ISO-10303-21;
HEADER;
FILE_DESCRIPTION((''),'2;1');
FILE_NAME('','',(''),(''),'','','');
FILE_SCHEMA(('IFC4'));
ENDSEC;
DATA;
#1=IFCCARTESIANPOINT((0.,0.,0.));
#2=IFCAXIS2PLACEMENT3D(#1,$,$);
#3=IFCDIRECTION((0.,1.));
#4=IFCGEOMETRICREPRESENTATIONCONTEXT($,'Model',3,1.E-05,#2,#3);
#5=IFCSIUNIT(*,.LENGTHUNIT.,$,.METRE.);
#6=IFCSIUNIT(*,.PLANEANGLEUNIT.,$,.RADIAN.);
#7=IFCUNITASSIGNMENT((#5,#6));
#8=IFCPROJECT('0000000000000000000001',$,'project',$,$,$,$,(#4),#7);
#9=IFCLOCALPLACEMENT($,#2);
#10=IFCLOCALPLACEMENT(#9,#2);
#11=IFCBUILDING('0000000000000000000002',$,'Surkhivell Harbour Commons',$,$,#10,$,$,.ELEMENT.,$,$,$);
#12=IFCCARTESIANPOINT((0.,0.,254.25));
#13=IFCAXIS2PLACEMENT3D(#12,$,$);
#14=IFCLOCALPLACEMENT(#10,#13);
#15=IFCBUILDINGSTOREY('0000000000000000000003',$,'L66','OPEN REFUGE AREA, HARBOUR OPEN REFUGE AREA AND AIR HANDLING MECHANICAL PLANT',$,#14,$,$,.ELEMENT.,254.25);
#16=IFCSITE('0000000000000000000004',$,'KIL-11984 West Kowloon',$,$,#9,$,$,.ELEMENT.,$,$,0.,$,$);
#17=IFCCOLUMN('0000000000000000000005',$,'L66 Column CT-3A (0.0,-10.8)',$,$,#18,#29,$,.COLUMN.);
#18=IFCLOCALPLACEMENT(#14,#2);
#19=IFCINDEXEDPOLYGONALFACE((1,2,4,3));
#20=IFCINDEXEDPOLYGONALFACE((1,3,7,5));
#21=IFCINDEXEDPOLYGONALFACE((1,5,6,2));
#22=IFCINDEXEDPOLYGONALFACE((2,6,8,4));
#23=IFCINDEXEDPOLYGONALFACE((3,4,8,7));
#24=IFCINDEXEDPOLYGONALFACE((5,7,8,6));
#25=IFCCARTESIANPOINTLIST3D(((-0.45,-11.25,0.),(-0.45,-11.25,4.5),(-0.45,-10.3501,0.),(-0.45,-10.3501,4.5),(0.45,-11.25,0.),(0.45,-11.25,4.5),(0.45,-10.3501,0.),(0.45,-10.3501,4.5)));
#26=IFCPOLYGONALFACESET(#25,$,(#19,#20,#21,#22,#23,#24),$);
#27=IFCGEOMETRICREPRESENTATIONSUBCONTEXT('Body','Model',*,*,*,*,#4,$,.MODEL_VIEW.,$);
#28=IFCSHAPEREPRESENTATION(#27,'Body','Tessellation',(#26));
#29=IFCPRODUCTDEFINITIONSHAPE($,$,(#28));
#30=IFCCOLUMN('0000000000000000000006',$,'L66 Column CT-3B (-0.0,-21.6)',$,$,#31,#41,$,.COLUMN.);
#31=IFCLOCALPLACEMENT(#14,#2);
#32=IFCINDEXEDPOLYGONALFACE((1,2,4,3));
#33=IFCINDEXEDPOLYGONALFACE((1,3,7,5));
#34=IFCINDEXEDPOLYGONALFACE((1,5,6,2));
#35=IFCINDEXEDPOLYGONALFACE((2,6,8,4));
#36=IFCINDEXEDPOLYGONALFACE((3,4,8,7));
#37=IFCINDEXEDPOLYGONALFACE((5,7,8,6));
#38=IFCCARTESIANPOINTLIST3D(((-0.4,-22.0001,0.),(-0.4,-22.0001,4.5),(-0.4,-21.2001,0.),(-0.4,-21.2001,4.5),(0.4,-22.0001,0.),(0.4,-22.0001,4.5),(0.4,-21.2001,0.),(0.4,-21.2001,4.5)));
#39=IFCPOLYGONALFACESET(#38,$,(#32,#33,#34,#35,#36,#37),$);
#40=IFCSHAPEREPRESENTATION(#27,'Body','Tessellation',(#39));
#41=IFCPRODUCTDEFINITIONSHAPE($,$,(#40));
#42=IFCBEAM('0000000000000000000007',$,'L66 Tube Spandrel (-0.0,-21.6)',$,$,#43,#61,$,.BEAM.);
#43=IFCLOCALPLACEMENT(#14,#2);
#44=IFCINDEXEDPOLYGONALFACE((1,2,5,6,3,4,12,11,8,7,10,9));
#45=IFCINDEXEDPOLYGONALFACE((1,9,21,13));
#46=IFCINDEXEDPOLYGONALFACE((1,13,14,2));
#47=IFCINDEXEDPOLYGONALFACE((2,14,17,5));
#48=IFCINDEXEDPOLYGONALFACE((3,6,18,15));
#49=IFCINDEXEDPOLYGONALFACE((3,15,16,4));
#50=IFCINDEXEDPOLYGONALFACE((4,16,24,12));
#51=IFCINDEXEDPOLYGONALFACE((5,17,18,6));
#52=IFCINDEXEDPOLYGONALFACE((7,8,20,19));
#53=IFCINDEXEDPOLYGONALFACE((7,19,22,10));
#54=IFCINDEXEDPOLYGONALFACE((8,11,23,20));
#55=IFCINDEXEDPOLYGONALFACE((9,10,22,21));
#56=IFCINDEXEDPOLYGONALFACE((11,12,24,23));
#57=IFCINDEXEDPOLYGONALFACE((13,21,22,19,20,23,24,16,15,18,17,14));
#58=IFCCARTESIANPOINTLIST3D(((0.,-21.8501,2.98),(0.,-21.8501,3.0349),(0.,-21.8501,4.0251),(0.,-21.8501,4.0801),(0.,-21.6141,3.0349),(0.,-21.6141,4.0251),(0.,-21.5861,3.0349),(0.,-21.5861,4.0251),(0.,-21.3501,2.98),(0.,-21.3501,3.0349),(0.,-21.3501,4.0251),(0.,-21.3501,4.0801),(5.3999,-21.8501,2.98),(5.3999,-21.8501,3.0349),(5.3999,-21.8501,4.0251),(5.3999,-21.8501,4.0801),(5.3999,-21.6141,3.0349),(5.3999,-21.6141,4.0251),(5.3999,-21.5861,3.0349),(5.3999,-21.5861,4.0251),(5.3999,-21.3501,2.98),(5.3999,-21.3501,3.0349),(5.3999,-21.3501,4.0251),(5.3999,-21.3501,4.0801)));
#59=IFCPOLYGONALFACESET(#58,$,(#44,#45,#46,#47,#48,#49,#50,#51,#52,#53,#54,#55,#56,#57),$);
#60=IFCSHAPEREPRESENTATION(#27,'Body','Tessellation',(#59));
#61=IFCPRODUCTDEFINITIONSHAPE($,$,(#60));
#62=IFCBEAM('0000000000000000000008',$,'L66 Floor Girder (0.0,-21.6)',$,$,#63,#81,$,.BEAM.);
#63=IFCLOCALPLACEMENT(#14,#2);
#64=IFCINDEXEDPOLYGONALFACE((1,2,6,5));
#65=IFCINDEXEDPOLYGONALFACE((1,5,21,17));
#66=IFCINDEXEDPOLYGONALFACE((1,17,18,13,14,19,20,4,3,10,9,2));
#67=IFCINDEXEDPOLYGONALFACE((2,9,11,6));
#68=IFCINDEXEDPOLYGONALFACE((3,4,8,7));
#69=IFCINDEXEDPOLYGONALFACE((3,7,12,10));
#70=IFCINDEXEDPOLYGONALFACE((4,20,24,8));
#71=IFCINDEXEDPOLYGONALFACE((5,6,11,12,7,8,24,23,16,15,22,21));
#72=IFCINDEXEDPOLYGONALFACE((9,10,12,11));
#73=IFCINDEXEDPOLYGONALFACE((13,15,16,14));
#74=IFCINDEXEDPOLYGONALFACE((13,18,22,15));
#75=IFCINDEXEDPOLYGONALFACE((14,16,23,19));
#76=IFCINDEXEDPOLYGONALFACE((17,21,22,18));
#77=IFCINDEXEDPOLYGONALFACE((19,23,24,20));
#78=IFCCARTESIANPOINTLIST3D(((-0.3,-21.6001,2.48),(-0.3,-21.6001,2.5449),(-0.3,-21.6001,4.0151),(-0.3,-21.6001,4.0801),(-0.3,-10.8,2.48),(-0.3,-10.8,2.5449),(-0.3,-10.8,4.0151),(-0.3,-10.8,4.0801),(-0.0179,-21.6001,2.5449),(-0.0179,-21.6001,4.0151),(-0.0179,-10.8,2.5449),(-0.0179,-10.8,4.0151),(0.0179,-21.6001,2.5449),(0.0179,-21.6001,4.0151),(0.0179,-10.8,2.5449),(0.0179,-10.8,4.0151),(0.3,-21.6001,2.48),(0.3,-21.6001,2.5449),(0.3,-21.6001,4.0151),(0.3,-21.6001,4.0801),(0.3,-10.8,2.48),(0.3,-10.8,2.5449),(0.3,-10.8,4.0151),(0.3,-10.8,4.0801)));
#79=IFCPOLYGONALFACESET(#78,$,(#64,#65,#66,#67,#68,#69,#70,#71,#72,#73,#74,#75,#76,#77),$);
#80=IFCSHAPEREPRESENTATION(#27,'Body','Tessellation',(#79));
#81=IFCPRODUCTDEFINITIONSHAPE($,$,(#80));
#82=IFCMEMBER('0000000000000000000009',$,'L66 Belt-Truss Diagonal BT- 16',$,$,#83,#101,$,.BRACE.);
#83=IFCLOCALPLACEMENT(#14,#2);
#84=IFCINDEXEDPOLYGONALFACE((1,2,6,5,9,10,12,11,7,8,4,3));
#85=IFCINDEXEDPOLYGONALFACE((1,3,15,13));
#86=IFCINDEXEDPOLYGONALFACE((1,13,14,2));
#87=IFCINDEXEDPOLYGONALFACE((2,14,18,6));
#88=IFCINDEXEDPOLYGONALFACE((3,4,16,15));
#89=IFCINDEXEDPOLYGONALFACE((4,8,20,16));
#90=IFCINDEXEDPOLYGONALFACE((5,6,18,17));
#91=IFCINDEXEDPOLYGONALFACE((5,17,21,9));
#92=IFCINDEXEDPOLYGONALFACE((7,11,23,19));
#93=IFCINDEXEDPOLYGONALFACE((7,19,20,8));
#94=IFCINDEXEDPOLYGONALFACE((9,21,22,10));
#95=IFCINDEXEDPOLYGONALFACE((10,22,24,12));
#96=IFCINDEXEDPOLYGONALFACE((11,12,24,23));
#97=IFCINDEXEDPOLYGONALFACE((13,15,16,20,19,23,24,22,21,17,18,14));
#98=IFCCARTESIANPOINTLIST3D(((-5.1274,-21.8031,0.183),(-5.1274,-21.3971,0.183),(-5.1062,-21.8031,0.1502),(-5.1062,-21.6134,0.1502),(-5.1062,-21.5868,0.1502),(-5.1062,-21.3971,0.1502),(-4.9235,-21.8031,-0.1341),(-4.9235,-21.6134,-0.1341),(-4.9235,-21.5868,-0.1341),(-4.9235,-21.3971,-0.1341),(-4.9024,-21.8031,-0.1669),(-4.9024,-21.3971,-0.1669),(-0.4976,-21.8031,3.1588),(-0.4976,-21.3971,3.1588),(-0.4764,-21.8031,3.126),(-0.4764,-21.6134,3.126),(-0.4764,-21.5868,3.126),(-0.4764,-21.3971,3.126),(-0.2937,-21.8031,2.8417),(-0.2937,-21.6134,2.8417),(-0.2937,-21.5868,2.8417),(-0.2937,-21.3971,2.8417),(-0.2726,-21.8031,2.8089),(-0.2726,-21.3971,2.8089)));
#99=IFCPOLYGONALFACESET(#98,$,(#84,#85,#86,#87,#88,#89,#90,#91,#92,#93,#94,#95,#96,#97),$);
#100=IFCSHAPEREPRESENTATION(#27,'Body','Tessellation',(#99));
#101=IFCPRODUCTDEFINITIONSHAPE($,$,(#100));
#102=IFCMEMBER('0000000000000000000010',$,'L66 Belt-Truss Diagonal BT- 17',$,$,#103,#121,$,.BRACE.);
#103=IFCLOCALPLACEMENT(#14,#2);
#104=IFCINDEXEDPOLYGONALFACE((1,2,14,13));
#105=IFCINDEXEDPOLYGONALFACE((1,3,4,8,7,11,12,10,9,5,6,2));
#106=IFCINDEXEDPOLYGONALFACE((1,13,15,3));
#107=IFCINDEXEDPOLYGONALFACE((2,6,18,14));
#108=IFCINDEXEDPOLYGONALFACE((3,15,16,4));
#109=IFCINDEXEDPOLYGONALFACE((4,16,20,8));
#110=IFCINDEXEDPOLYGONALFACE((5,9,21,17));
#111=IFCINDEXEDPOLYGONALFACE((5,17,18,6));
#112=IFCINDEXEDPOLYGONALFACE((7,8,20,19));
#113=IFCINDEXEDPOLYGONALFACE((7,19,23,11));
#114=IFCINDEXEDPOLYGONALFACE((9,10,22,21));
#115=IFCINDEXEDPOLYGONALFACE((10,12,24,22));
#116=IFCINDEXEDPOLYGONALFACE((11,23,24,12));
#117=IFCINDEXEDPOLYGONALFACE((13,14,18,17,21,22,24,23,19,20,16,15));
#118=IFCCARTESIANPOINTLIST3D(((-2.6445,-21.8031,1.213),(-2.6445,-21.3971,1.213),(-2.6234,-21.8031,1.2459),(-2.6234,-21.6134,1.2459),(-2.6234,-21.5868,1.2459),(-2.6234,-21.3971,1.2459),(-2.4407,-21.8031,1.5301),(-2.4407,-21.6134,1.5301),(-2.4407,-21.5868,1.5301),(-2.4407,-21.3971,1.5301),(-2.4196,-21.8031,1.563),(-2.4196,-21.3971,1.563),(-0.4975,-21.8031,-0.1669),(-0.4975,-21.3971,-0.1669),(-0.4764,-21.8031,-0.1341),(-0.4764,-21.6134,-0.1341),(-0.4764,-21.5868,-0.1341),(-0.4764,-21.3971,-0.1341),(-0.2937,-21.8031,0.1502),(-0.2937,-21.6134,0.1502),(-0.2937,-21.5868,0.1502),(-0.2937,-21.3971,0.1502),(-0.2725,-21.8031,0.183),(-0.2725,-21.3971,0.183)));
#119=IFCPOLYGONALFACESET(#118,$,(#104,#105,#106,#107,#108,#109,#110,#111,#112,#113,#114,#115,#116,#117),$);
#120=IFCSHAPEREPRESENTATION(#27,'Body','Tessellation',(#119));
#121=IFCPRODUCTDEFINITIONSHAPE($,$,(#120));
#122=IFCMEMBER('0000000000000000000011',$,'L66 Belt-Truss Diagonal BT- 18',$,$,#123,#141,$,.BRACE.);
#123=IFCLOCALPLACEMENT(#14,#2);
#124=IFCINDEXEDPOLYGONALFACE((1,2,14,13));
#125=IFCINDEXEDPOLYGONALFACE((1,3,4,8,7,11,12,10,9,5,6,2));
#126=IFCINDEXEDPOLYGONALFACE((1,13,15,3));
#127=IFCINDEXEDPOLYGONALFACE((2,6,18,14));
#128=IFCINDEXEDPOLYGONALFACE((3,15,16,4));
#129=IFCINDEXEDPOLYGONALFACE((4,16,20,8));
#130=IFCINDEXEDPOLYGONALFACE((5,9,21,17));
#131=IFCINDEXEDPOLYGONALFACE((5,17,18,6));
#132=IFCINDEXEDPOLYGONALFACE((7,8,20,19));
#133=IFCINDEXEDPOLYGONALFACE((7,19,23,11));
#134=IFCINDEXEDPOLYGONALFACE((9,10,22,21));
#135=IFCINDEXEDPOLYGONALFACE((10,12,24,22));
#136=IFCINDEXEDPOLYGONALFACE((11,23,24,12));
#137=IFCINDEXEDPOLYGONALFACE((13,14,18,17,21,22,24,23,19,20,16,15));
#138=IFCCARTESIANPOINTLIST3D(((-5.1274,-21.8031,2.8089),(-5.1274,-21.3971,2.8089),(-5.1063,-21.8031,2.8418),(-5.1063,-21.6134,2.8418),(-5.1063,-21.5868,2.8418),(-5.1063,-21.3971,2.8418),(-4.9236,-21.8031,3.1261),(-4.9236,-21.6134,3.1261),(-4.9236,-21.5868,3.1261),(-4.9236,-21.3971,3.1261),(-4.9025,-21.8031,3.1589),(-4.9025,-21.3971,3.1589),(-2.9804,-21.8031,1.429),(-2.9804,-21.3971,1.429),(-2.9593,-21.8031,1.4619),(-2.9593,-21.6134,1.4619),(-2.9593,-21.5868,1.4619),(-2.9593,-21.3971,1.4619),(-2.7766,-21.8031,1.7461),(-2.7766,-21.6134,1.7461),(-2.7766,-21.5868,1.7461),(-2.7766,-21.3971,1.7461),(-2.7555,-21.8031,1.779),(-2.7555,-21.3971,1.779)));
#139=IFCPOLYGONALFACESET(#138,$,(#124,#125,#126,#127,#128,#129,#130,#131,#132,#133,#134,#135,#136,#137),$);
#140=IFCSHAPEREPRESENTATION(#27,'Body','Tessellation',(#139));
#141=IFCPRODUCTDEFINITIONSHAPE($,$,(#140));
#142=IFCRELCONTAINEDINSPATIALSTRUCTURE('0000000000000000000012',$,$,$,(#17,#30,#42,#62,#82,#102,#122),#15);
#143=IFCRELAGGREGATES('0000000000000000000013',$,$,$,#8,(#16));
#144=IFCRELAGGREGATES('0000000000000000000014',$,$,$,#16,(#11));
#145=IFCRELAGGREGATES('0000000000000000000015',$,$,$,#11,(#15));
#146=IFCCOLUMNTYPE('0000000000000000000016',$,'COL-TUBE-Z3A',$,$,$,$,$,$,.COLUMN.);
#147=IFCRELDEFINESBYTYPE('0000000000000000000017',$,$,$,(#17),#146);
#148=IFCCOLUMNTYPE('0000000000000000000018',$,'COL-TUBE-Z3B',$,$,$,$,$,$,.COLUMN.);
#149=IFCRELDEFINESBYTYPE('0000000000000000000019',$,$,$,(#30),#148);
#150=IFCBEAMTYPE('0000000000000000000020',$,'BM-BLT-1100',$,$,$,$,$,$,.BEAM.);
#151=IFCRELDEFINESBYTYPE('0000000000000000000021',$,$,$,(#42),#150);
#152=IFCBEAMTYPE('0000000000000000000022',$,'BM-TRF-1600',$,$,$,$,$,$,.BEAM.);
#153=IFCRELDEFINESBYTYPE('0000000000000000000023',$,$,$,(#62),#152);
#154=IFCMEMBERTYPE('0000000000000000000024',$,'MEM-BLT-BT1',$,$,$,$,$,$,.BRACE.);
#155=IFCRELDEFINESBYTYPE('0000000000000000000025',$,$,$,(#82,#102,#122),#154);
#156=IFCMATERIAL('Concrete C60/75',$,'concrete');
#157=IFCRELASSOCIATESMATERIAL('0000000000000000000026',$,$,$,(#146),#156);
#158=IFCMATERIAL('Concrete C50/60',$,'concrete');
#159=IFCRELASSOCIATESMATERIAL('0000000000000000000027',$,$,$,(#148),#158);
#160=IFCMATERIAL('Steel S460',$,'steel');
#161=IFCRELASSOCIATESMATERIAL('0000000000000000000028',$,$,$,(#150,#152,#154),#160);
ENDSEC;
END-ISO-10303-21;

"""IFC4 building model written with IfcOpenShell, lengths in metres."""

from ifc_helpers import new_model, si_unit, direction, frame, origin, origin_2d, place, context, subcontext, project, spatial, rectangle, i_section, extrude, material, material_profile, profile_set, type_object, element, save


model = new_model("IFC4")

# Units and contexts
model_context = context("Model", 3, precision=1e-05, world=origin(), true_north=direction((0.0, 1.0)))
body_context = subcontext(model_context, "Body", "Model", "MODEL_VIEW")
ifc_project = project(units=[si_unit("LENGTHUNIT", "METRE"), si_unit("PLANEANGLEUNIT", "RADIAN")], contexts=[model_context])

# Site, building, storey
site_placement = place(None, origin())
site = spatial("IfcSite", under=ifc_project, at=site_placement, Name="KIL-11984 West Kowloon", CompositionType="ELEMENT", RefElevation=0.0)
building_placement = place(site_placement, origin())
building = spatial("IfcBuilding", under=site, at=building_placement, Name="Surkhivell Harbour Commons", CompositionType="ELEMENT")
storey_placement = place(building_placement, frame((0.0, 0.0, 254.25)))
storey = spatial("IfcBuildingStorey", under=building, at=storey_placement, Name="L66", Description="OPEN REFUGE AREA, HARBOUR OPEN REFUGE AREA AND AIR HANDLING MECHANICAL PLANT", CompositionType="ELEMENT", Elevation=254.25)

# Columns
ifc_material_1 = material(Name="Concrete C60/75", Category="concrete")
ifc_material_profile_1 = material_profile(ifc_material_1, rectangle(XDim=0.8999, YDim=0.8999, at=origin_2d()), Name="RC-COL-900x900")
ifc_profile_set_1 = profile_set([ifc_material_profile_1], Name="Concrete C60/75")
column_type_1 = type_object("IfcColumnType", Name="COL-TUBE-Z3A", PredefinedType="COLUMN", material=ifc_profile_set_1)
column_1_placement = place(storey_placement, frame((0.0, -10.8, 0.0), z_axis=(0.0, 0.0, 1.0), x_axis=(1.0, 0.0, 0.0)))
element("IfcColumn", 1, at=column_1_placement, inside=storey, type_object=column_type_1, Name="L66 Column CT-3A (0.0,-10.8)", PredefinedType="COLUMN", context=body_context, shape_type="SweptSolid", body=[
    extrude(rectangle(XDim=0.8999, YDim=0.8999, at=origin_2d()), origin(), (0.0, 0.0, 1.0), 4.5),
])
ifc_material_2 = material(Name="Concrete C50/60", Category="concrete")
ifc_material_profile_2 = material_profile(ifc_material_2, rectangle(XDim=0.8, YDim=0.8, at=origin_2d()), Name="RC-COL-800x800")
ifc_profile_set_2 = profile_set([ifc_material_profile_2], Name="Concrete C50/60")
column_type_2 = type_object("IfcColumnType", Name="COL-TUBE-Z3B", PredefinedType="COLUMN", material=ifc_profile_set_2)
column_2_placement = place(storey_placement, frame((0.0, -21.6001, 0.0), z_axis=(0.0, 0.0, 1.0), x_axis=(1.0, 0.0, 0.0)))
element("IfcColumn", 2, at=column_2_placement, inside=storey, type_object=column_type_2, Name="L66 Column CT-3B (-0.0,-21.6)", PredefinedType="COLUMN", context=body_context, shape_type="SweptSolid", body=[
    extrude(rectangle(XDim=0.8, YDim=0.8, at=origin_2d()), origin(), (0.0, 0.0, 1.0), 4.5),
])

# Beams
ifc_material_3 = material(Name="Steel S460", Category="steel")
ifc_material_profile_3 = material_profile(ifc_material_3, i_section(OverallWidth=0.5, OverallDepth=1.1001, WebThickness=0.0281, FlangeThickness=0.0549, at=origin_2d()), Name="WPG1100x500x210")
ifc_profile_set_3 = profile_set([ifc_material_profile_3], Name="Steel S460")
beam_type_1 = type_object("IfcBeamType", Name="BM-BLT-1100", PredefinedType="BEAM", material=ifc_profile_set_3)
beam_1_placement = place(storey_placement, frame((0.0, -21.6001, 3.53), z_axis=(1.0, 0.0, 0.0), x_axis=(0.0, 1.0, 0.0)))
element("IfcBeam", 3, at=beam_1_placement, inside=storey, type_object=beam_type_1, Name="L66 Tube Spandrel (-0.0,-21.6)", PredefinedType="BEAM", context=body_context, shape_type="SweptSolid", body=[
    extrude(i_section(OverallWidth=0.5, OverallDepth=1.1001, WebThickness=0.0281, FlangeThickness=0.0549, at=origin_2d()), origin(), (0.0, 0.0, 1.0), 5.3999),
])
ifc_material_profile_4 = material_profile(ifc_material_3, i_section(OverallWidth=0.6001, OverallDepth=1.6001, WebThickness=0.0359, FlangeThickness=0.0649, at=origin_2d()), Name="WPG1600x600x296")
ifc_profile_set_4 = profile_set([ifc_material_profile_4], Name="Steel S460")
beam_type_2 = type_object("IfcBeamType", Name="BM-TRF-1600", PredefinedType="BEAM", material=ifc_profile_set_4)
beam_2_placement = place(storey_placement, frame((0.0, -21.6001, 3.28), z_axis=(0.0, 1.0, 0.0), x_axis=(-1.0, 0.0, 0.0)))
element("IfcBeam", 4, at=beam_2_placement, inside=storey, type_object=beam_type_2, Name="L66 Floor Girder (0.0,-21.6)", PredefinedType="BEAM", context=body_context, shape_type="SweptSolid", body=[
    extrude(i_section(OverallWidth=0.6001, OverallDepth=1.6001, WebThickness=0.0359, FlangeThickness=0.0649, at=origin_2d()), origin(), (0.0, 0.0, 1.0), 10.8),
])

# Members
ifc_material_profile_5 = material_profile(ifc_material_3, i_section(OverallWidth=0.406, OverallDepth=0.416, WebThickness=0.0266, FlangeThickness=0.0391, at=origin_2d()), Name="HD400x382")
ifc_profile_set_5 = profile_set([ifc_material_profile_5], Name="Steel S460")
member_type_1 = type_object("IfcMemberType", Name="MEM-BLT-BT1", PredefinedType="BRACE", material=ifc_profile_set_5)
member_1_placement = place(storey_placement, frame((-5.0149, -21.6001, 0.0081), z_axis=(0.841222, 0.0, 0.54069), x_axis=(0.0, 1.0, 0.0)))
element("IfcMember", 5, at=member_1_placement, inside=storey, type_object=member_type_1, Name="L66 Belt-Truss Diagonal BT- 16", PredefinedType="BRACE", context=body_context, shape_type="SweptSolid", body=[
    extrude(i_section(OverallWidth=0.406, OverallDepth=0.416, WebThickness=0.0266, FlangeThickness=0.0391, at=origin_2d()), origin(), (0.0, 0.0, 1.0), 5.5037),
])
for number, where, z_axis, x_axis, name in (
    (6, (-0.385, -21.6001, 0.0081), (-0.841234, 0.0, 0.540671), (0.0, -1.0, 0.0), "L66 Belt-Truss Diagonal BT- 17"),
    (7, (-2.8679, -21.6001, 1.604), (-0.841234, 0.0, 0.540671), (0.0, -1.0, 0.0), "L66 Belt-Truss Diagonal BT- 18"),
):
    element("IfcMember", number, at=place(storey_placement, frame(where, z_axis=z_axis, x_axis=x_axis)), inside=storey, type_object=member_type_1, Name=name, PredefinedType="BRACE", context=body_context, shape_type="SweptSolid", body=[
        extrude(i_section(OverallWidth=0.406, OverallDepth=0.416, WebThickness=0.0266, FlangeThickness=0.0391, at=origin_2d()), origin(), (0.0, 0.0, 1.0), 2.5522),
    ])

save(model, "model.ifc")
